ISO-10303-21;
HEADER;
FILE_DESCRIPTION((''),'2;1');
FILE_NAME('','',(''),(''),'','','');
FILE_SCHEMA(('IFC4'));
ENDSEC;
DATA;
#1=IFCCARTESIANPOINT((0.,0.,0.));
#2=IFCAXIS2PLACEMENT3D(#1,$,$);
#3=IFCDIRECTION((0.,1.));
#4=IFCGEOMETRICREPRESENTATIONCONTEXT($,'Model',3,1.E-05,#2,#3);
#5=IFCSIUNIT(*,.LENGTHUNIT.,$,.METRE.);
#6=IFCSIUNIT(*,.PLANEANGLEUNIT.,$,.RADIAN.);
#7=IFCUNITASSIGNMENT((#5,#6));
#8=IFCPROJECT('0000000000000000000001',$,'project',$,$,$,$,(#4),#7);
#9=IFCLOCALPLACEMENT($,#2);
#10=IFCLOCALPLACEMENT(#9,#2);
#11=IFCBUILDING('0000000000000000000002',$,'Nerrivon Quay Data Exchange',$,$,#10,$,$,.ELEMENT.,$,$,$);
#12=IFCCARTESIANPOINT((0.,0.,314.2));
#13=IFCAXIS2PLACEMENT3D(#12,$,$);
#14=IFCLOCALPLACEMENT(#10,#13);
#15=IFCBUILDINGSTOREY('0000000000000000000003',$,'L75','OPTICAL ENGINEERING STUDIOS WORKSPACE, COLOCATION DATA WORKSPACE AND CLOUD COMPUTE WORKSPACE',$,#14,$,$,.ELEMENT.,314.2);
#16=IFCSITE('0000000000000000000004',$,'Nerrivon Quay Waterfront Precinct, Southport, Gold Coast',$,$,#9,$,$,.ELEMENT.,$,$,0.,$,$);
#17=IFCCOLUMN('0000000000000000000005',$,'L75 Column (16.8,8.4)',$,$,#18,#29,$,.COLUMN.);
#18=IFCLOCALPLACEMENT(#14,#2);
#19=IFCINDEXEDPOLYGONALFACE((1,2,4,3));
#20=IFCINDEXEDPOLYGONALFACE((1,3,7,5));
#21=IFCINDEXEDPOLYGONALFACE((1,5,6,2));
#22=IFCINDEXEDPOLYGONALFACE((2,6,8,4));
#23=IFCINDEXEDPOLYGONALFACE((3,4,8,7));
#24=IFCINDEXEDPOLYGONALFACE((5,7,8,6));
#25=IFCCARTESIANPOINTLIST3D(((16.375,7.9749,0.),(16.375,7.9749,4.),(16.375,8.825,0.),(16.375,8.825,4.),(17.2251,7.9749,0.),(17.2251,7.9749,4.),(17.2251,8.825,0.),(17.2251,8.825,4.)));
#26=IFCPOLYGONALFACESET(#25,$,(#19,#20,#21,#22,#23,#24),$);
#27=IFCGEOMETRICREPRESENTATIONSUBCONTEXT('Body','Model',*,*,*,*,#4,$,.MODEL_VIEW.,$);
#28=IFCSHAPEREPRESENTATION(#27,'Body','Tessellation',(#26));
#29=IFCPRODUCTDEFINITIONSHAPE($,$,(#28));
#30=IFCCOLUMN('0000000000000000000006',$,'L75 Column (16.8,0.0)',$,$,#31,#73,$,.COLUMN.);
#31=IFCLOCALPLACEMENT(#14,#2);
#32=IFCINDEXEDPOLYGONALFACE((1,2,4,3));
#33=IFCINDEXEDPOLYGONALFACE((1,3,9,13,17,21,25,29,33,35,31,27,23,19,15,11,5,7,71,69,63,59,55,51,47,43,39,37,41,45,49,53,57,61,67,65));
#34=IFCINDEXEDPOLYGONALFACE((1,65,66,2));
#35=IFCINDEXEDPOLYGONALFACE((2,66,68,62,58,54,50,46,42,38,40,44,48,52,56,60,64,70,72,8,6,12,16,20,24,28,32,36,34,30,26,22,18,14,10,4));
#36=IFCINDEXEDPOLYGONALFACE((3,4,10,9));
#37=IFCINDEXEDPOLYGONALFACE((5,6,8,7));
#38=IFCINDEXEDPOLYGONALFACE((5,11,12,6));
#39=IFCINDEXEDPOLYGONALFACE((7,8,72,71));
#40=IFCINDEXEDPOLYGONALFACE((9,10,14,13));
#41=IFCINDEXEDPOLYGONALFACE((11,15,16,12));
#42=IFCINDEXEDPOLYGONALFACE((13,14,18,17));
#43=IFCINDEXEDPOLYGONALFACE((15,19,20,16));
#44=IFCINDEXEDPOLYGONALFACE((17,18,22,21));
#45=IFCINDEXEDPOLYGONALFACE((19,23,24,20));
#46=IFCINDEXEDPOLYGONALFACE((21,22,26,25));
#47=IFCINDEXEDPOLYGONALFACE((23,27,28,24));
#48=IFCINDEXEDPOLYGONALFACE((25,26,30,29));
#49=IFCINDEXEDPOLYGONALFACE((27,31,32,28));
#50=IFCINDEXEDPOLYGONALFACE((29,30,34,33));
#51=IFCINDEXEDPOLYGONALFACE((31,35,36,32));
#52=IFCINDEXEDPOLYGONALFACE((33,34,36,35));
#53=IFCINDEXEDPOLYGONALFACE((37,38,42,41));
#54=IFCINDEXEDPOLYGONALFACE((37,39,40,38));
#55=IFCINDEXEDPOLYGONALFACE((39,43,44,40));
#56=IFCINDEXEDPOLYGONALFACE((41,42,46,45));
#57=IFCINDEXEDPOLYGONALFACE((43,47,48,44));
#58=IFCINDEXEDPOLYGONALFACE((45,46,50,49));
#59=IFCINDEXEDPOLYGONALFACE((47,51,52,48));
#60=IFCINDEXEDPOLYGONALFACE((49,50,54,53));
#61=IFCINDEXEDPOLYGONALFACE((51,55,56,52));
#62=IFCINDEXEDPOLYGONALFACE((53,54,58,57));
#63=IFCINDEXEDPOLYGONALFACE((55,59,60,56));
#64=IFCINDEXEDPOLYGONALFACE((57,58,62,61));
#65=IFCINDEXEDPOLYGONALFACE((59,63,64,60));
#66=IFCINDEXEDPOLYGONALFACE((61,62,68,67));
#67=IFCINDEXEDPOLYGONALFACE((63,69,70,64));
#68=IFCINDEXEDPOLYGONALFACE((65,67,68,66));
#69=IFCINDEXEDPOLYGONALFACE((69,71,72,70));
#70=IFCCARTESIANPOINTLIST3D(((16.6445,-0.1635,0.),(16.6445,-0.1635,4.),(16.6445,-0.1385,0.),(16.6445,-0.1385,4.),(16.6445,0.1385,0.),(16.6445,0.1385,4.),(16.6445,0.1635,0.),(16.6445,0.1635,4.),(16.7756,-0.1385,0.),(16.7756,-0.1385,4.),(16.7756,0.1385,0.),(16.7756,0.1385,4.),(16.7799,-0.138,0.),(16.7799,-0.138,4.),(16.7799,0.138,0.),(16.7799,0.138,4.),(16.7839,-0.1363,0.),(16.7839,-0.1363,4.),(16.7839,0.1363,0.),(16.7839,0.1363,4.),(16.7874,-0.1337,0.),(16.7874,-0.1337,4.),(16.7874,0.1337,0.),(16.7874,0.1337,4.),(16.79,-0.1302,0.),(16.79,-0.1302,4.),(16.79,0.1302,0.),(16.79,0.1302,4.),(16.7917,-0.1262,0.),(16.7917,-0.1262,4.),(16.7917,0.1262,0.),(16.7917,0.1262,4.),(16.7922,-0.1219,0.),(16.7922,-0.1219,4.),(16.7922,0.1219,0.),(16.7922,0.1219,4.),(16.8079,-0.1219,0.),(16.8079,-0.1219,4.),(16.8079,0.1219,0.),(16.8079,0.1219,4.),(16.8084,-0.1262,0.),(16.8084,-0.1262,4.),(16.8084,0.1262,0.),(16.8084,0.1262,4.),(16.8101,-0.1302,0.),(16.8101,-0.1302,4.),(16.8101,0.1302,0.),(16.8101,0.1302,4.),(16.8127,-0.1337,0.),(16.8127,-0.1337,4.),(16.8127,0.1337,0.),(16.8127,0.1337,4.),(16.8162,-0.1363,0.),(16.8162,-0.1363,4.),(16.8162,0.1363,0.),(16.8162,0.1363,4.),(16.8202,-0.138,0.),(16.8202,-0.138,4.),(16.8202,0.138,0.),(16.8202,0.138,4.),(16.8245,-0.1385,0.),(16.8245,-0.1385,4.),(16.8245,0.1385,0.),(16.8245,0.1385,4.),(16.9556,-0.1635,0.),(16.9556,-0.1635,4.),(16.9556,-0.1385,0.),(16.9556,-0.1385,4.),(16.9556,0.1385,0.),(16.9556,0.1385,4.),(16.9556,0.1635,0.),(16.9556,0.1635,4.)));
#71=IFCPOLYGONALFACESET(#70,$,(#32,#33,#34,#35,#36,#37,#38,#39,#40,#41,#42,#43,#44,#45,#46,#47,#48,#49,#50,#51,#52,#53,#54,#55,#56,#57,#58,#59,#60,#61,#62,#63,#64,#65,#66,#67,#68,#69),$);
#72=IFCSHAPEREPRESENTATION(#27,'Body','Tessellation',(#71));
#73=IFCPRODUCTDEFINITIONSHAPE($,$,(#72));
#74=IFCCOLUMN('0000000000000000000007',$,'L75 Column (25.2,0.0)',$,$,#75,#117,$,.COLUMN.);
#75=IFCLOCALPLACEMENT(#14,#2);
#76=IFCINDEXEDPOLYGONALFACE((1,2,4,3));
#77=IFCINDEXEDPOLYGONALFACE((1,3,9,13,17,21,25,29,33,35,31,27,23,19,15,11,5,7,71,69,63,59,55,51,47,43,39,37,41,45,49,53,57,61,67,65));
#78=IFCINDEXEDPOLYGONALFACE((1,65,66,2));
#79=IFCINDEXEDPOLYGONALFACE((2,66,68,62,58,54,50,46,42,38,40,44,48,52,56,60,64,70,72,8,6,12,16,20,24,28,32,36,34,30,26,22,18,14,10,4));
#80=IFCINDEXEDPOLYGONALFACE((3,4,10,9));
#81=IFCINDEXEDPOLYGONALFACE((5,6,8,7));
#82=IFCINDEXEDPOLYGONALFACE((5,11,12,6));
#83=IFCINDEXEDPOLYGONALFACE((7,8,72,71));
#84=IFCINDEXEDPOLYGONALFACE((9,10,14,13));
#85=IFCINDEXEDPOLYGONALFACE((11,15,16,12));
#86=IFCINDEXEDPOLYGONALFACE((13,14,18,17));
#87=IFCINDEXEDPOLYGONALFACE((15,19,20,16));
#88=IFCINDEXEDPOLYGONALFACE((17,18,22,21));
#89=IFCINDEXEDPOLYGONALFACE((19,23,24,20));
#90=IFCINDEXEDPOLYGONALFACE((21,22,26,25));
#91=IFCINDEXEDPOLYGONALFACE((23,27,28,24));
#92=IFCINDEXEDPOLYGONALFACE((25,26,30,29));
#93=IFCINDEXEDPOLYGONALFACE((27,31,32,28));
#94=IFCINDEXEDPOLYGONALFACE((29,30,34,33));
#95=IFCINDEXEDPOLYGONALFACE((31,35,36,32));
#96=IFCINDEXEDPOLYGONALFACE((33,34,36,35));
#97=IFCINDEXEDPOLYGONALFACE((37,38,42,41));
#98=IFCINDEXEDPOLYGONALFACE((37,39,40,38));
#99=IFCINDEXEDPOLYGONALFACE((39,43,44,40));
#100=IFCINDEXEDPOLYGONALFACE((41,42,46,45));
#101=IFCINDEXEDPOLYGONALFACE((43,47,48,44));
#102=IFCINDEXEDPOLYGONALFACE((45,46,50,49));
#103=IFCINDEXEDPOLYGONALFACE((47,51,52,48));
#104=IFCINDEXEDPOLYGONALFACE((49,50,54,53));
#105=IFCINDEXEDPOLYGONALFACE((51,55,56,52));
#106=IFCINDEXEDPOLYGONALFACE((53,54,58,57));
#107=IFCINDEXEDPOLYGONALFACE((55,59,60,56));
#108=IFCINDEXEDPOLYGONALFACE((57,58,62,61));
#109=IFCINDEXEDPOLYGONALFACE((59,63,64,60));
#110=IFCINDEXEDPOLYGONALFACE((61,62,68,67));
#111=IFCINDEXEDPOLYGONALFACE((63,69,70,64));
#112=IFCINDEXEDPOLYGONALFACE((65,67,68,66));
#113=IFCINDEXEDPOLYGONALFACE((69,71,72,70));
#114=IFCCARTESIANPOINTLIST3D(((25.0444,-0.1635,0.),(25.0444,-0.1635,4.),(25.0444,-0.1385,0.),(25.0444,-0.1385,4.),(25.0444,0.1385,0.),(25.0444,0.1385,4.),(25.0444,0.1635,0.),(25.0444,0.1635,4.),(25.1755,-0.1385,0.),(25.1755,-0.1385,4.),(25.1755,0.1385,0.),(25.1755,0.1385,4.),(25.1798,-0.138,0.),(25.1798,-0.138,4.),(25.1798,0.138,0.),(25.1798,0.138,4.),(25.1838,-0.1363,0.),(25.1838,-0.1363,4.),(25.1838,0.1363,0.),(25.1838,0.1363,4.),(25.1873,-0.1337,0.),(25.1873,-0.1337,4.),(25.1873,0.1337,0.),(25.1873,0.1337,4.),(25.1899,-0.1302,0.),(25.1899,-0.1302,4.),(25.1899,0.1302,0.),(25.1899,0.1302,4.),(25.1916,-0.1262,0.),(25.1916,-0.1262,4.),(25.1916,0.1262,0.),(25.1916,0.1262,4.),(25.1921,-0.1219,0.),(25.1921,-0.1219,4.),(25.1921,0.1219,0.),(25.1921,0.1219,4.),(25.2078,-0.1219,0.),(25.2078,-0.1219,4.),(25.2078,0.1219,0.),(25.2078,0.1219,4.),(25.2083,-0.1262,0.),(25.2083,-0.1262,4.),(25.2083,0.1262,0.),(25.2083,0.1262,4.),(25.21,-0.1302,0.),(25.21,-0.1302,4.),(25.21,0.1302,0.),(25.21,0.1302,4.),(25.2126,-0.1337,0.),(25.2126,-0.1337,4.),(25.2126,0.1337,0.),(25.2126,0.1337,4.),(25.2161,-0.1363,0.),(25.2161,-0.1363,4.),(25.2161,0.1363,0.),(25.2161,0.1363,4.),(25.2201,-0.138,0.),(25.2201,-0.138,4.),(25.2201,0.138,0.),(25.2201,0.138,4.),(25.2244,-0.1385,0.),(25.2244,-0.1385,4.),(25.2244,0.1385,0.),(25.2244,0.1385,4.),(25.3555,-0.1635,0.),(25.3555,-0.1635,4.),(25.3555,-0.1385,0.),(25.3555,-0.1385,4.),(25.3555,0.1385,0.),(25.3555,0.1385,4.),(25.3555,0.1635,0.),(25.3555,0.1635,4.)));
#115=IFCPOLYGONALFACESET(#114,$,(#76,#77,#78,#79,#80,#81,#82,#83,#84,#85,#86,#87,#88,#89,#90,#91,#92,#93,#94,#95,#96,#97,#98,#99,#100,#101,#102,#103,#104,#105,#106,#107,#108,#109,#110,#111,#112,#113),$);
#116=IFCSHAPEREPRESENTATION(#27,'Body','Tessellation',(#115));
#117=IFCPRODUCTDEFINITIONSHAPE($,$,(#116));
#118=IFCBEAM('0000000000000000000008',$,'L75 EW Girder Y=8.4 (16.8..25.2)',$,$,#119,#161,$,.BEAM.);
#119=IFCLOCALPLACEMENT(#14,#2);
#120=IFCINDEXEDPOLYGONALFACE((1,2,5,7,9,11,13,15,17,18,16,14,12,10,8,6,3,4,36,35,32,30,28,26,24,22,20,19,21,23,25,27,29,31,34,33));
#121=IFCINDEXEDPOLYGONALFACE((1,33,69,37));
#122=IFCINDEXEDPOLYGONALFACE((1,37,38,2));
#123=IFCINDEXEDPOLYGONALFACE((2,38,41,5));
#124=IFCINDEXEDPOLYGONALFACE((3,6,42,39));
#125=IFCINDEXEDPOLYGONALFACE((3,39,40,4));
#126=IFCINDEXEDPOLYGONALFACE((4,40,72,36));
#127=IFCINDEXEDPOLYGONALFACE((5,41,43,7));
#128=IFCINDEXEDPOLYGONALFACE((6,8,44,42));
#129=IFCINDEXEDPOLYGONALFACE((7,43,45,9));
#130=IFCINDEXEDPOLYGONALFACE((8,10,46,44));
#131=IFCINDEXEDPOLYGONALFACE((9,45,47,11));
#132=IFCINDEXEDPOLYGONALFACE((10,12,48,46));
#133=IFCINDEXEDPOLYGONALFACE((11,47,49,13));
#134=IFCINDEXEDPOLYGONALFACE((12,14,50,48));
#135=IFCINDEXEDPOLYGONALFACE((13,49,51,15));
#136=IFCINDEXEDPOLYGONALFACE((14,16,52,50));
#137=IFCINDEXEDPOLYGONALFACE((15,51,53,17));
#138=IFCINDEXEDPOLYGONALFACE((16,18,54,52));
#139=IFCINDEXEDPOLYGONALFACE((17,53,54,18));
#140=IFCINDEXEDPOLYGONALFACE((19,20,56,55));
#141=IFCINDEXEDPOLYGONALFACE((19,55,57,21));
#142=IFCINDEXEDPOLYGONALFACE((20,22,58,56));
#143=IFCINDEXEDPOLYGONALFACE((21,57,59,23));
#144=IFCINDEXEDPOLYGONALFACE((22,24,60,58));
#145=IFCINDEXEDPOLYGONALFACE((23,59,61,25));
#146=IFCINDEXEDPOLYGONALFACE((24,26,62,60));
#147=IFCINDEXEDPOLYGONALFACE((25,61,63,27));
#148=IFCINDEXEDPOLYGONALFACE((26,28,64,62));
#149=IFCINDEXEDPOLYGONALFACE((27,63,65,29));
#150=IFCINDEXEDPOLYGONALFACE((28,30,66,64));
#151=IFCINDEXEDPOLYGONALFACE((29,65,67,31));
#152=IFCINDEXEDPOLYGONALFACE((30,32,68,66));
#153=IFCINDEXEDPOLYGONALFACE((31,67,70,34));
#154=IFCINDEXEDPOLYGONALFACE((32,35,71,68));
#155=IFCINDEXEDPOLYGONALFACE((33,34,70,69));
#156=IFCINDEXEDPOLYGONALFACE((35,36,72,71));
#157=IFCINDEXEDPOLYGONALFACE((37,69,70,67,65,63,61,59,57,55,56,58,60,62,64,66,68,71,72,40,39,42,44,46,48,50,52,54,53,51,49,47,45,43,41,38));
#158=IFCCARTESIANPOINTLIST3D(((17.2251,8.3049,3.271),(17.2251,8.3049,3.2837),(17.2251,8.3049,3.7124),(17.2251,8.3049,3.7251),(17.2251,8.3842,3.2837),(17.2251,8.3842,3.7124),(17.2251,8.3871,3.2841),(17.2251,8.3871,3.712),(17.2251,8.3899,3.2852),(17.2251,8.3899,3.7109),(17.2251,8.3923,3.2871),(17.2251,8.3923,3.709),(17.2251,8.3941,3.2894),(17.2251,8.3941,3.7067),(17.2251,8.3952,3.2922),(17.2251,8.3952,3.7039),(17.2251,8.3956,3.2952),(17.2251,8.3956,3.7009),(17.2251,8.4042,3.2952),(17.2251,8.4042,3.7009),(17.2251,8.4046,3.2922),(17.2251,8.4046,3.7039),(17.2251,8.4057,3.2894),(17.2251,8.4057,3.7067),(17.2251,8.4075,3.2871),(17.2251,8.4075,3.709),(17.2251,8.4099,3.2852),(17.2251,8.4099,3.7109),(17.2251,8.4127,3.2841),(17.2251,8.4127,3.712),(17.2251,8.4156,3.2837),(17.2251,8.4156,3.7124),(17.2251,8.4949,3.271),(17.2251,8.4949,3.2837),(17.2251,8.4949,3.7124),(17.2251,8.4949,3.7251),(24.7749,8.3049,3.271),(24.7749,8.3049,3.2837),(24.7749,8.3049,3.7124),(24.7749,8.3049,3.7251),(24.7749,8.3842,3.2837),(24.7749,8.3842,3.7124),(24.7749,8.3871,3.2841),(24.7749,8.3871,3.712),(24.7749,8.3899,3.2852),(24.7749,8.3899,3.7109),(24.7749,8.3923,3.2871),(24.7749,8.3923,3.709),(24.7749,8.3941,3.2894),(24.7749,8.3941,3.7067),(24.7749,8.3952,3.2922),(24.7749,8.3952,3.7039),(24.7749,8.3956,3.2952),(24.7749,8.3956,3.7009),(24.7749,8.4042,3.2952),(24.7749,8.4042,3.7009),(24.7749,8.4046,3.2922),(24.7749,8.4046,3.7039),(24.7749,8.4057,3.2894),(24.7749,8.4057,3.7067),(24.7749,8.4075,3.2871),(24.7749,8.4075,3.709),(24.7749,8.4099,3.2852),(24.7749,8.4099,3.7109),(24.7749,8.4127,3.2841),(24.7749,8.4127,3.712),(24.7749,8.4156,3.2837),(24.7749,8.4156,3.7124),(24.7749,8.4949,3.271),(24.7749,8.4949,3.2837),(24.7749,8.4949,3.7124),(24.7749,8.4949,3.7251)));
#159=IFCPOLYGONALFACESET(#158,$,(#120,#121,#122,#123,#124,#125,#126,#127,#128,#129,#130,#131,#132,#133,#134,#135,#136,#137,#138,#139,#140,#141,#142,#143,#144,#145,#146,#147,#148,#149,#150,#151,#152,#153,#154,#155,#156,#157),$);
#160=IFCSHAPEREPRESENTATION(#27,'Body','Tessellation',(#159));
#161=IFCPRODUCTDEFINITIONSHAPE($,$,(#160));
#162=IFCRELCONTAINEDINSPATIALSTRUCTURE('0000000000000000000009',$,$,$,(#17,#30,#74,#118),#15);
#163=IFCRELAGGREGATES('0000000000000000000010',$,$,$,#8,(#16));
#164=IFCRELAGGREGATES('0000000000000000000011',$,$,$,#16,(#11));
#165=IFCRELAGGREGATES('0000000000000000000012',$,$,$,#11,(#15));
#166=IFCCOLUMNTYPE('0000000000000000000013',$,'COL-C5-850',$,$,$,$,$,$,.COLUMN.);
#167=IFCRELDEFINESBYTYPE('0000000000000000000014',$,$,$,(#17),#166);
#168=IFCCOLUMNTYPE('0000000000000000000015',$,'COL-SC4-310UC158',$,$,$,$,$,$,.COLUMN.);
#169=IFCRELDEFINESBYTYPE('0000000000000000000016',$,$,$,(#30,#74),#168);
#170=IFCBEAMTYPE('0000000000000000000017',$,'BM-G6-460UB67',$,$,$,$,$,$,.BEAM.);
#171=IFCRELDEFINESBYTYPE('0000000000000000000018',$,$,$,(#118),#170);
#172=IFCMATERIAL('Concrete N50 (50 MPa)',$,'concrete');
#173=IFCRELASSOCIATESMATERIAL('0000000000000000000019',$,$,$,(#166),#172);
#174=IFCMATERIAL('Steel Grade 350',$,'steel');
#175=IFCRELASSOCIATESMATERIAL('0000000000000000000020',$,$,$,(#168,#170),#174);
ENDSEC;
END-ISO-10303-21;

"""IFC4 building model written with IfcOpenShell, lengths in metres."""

from ifc_helpers import new_model, si_unit, direction, frame, origin, origin_2d, place, context, subcontext, project, spatial, rectangle, i_section, extrude, material, material_profile, profile_set, type_object, element, save


model = new_model("IFC4")

# Units and contexts
model_context = context("Model", 3, precision=1e-05, world=origin(), true_north=direction((0.0, 1.0)))
body_context = subcontext(model_context, "Body", "Model", "MODEL_VIEW")
ifc_project = project(units=[si_unit("LENGTHUNIT", "METRE"), si_unit("PLANEANGLEUNIT", "RADIAN")], contexts=[model_context])

# Site, building, storey
site_placement = place(None, origin())
site = spatial("IfcSite", under=ifc_project, at=site_placement, Name="Nerrivon Quay Waterfront Precinct, Southport, Gold Coast", CompositionType="ELEMENT", RefElevation=0.0)
building_placement = place(site_placement, origin())
building = spatial("IfcBuilding", under=site, at=building_placement, Name="Nerrivon Quay Data Exchange", CompositionType="ELEMENT")
storey_placement = place(building_placement, frame((0.0, 0.0, 314.2)))
storey = spatial("IfcBuildingStorey", under=building, at=storey_placement, Name="L75", Description="OPTICAL ENGINEERING STUDIOS WORKSPACE, COLOCATION DATA WORKSPACE AND CLOUD COMPUTE WORKSPACE", CompositionType="ELEMENT", Elevation=314.2)

# Columns
ifc_material_1 = material(Name="Concrete N50 (50 MPa)", Category="concrete")
ifc_material_profile_1 = material_profile(ifc_material_1, rectangle(XDim=0.8501, YDim=0.8501, at=origin_2d()), Name="RC-COL-850x850")
ifc_profile_set_1 = profile_set([ifc_material_profile_1], Name="Concrete N50 (50 MPa)")
column_type_1 = type_object("IfcColumnType", Name="COL-C5-850", PredefinedType="COLUMN", material=ifc_profile_set_1)
column_placement = place(storey_placement, frame((16.8, 8.3999, 0.0), z_axis=(0.0, 0.0, 1.0), x_axis=(1.0, 0.0, 0.0)))
element("IfcColumn", 1, at=column_placement, inside=storey, type_object=column_type_1, Name="L75 Column (16.8,8.4)", PredefinedType="COLUMN", context=body_context, shape_type="SweptSolid", body=[
    extrude(rectangle(XDim=0.8501, YDim=0.8501, at=origin_2d()), origin(), (0.0, 0.0, 1.0), 4.0),
])
ifc_material_2 = material(Name="Steel Grade 350", Category="steel")
ifc_material_profile_2 = material_profile(ifc_material_2, i_section(OverallWidth=0.311, OverallDepth=0.3269, WebThickness=0.0156, FlangeThickness=0.0249, FilletRadius=0.0166, at=origin_2d()), Name="310UC158")
ifc_profile_set_2 = profile_set([ifc_material_profile_2], Name="Steel Grade 350")
column_type_2 = type_object("IfcColumnType", Name="COL-SC4-310UC158", PredefinedType="COLUMN", material=ifc_profile_set_2)
for number, where, z_axis, x_axis, name in (
    (2, (16.8, 0.0, 0.0), (0.0, 0.0, 1.0), (1.0, 0.0, 0.0), "L75 Column (16.8,0.0)"),
    (3, (25.2, 0.0, 0.0), (0.0, 0.0, 1.0), (1.0, 0.0, 0.0), "L75 Column (25.2,0.0)"),
):
    element("IfcColumn", number, at=place(storey_placement, frame(where, z_axis=z_axis, x_axis=x_axis)), inside=storey, type_object=column_type_2, Name=name, PredefinedType="COLUMN", context=body_context, shape_type="SweptSolid", body=[
        extrude(i_section(OverallWidth=0.311, OverallDepth=0.3269, WebThickness=0.0156, FlangeThickness=0.0249, FilletRadius=0.0166, at=origin_2d()), origin(), (0.0, 0.0, 1.0), 4.0),
    ])

# Beam
ifc_material_profile_3 = material_profile(ifc_material_2, i_section(OverallWidth=0.1899, OverallDepth=0.4541, WebThickness=0.0085, FlangeThickness=0.0127, FilletRadius=0.0115, at=origin_2d()), Name="460UB67.1")
ifc_profile_set_3 = profile_set([ifc_material_profile_3], Name="Steel Grade 350")
beam_type_1 = type_object("IfcBeamType", Name="BM-G6-460UB67", PredefinedType="BEAM", material=ifc_profile_set_3)
beam_1_placement = place(storey_placement, frame((17.2251, 8.3999, 3.498), z_axis=(1.0, 0.0, 0.0), x_axis=(0.0, 1.0, 0.0)))
element("IfcBeam", 4, at=beam_1_placement, inside=storey, type_object=beam_type_1, Name="L75 EW Girder Y=8.4 (16.8..25.2)", PredefinedType="BEAM", context=body_context, shape_type="SweptSolid", body=[
    extrude(i_section(OverallWidth=0.1899, OverallDepth=0.4541, WebThickness=0.0085, FlangeThickness=0.0127, FilletRadius=0.0115, at=origin_2d()), origin(), (0.0, 0.0, 1.0), 7.5498),
])

save(model, "model.ifc")
